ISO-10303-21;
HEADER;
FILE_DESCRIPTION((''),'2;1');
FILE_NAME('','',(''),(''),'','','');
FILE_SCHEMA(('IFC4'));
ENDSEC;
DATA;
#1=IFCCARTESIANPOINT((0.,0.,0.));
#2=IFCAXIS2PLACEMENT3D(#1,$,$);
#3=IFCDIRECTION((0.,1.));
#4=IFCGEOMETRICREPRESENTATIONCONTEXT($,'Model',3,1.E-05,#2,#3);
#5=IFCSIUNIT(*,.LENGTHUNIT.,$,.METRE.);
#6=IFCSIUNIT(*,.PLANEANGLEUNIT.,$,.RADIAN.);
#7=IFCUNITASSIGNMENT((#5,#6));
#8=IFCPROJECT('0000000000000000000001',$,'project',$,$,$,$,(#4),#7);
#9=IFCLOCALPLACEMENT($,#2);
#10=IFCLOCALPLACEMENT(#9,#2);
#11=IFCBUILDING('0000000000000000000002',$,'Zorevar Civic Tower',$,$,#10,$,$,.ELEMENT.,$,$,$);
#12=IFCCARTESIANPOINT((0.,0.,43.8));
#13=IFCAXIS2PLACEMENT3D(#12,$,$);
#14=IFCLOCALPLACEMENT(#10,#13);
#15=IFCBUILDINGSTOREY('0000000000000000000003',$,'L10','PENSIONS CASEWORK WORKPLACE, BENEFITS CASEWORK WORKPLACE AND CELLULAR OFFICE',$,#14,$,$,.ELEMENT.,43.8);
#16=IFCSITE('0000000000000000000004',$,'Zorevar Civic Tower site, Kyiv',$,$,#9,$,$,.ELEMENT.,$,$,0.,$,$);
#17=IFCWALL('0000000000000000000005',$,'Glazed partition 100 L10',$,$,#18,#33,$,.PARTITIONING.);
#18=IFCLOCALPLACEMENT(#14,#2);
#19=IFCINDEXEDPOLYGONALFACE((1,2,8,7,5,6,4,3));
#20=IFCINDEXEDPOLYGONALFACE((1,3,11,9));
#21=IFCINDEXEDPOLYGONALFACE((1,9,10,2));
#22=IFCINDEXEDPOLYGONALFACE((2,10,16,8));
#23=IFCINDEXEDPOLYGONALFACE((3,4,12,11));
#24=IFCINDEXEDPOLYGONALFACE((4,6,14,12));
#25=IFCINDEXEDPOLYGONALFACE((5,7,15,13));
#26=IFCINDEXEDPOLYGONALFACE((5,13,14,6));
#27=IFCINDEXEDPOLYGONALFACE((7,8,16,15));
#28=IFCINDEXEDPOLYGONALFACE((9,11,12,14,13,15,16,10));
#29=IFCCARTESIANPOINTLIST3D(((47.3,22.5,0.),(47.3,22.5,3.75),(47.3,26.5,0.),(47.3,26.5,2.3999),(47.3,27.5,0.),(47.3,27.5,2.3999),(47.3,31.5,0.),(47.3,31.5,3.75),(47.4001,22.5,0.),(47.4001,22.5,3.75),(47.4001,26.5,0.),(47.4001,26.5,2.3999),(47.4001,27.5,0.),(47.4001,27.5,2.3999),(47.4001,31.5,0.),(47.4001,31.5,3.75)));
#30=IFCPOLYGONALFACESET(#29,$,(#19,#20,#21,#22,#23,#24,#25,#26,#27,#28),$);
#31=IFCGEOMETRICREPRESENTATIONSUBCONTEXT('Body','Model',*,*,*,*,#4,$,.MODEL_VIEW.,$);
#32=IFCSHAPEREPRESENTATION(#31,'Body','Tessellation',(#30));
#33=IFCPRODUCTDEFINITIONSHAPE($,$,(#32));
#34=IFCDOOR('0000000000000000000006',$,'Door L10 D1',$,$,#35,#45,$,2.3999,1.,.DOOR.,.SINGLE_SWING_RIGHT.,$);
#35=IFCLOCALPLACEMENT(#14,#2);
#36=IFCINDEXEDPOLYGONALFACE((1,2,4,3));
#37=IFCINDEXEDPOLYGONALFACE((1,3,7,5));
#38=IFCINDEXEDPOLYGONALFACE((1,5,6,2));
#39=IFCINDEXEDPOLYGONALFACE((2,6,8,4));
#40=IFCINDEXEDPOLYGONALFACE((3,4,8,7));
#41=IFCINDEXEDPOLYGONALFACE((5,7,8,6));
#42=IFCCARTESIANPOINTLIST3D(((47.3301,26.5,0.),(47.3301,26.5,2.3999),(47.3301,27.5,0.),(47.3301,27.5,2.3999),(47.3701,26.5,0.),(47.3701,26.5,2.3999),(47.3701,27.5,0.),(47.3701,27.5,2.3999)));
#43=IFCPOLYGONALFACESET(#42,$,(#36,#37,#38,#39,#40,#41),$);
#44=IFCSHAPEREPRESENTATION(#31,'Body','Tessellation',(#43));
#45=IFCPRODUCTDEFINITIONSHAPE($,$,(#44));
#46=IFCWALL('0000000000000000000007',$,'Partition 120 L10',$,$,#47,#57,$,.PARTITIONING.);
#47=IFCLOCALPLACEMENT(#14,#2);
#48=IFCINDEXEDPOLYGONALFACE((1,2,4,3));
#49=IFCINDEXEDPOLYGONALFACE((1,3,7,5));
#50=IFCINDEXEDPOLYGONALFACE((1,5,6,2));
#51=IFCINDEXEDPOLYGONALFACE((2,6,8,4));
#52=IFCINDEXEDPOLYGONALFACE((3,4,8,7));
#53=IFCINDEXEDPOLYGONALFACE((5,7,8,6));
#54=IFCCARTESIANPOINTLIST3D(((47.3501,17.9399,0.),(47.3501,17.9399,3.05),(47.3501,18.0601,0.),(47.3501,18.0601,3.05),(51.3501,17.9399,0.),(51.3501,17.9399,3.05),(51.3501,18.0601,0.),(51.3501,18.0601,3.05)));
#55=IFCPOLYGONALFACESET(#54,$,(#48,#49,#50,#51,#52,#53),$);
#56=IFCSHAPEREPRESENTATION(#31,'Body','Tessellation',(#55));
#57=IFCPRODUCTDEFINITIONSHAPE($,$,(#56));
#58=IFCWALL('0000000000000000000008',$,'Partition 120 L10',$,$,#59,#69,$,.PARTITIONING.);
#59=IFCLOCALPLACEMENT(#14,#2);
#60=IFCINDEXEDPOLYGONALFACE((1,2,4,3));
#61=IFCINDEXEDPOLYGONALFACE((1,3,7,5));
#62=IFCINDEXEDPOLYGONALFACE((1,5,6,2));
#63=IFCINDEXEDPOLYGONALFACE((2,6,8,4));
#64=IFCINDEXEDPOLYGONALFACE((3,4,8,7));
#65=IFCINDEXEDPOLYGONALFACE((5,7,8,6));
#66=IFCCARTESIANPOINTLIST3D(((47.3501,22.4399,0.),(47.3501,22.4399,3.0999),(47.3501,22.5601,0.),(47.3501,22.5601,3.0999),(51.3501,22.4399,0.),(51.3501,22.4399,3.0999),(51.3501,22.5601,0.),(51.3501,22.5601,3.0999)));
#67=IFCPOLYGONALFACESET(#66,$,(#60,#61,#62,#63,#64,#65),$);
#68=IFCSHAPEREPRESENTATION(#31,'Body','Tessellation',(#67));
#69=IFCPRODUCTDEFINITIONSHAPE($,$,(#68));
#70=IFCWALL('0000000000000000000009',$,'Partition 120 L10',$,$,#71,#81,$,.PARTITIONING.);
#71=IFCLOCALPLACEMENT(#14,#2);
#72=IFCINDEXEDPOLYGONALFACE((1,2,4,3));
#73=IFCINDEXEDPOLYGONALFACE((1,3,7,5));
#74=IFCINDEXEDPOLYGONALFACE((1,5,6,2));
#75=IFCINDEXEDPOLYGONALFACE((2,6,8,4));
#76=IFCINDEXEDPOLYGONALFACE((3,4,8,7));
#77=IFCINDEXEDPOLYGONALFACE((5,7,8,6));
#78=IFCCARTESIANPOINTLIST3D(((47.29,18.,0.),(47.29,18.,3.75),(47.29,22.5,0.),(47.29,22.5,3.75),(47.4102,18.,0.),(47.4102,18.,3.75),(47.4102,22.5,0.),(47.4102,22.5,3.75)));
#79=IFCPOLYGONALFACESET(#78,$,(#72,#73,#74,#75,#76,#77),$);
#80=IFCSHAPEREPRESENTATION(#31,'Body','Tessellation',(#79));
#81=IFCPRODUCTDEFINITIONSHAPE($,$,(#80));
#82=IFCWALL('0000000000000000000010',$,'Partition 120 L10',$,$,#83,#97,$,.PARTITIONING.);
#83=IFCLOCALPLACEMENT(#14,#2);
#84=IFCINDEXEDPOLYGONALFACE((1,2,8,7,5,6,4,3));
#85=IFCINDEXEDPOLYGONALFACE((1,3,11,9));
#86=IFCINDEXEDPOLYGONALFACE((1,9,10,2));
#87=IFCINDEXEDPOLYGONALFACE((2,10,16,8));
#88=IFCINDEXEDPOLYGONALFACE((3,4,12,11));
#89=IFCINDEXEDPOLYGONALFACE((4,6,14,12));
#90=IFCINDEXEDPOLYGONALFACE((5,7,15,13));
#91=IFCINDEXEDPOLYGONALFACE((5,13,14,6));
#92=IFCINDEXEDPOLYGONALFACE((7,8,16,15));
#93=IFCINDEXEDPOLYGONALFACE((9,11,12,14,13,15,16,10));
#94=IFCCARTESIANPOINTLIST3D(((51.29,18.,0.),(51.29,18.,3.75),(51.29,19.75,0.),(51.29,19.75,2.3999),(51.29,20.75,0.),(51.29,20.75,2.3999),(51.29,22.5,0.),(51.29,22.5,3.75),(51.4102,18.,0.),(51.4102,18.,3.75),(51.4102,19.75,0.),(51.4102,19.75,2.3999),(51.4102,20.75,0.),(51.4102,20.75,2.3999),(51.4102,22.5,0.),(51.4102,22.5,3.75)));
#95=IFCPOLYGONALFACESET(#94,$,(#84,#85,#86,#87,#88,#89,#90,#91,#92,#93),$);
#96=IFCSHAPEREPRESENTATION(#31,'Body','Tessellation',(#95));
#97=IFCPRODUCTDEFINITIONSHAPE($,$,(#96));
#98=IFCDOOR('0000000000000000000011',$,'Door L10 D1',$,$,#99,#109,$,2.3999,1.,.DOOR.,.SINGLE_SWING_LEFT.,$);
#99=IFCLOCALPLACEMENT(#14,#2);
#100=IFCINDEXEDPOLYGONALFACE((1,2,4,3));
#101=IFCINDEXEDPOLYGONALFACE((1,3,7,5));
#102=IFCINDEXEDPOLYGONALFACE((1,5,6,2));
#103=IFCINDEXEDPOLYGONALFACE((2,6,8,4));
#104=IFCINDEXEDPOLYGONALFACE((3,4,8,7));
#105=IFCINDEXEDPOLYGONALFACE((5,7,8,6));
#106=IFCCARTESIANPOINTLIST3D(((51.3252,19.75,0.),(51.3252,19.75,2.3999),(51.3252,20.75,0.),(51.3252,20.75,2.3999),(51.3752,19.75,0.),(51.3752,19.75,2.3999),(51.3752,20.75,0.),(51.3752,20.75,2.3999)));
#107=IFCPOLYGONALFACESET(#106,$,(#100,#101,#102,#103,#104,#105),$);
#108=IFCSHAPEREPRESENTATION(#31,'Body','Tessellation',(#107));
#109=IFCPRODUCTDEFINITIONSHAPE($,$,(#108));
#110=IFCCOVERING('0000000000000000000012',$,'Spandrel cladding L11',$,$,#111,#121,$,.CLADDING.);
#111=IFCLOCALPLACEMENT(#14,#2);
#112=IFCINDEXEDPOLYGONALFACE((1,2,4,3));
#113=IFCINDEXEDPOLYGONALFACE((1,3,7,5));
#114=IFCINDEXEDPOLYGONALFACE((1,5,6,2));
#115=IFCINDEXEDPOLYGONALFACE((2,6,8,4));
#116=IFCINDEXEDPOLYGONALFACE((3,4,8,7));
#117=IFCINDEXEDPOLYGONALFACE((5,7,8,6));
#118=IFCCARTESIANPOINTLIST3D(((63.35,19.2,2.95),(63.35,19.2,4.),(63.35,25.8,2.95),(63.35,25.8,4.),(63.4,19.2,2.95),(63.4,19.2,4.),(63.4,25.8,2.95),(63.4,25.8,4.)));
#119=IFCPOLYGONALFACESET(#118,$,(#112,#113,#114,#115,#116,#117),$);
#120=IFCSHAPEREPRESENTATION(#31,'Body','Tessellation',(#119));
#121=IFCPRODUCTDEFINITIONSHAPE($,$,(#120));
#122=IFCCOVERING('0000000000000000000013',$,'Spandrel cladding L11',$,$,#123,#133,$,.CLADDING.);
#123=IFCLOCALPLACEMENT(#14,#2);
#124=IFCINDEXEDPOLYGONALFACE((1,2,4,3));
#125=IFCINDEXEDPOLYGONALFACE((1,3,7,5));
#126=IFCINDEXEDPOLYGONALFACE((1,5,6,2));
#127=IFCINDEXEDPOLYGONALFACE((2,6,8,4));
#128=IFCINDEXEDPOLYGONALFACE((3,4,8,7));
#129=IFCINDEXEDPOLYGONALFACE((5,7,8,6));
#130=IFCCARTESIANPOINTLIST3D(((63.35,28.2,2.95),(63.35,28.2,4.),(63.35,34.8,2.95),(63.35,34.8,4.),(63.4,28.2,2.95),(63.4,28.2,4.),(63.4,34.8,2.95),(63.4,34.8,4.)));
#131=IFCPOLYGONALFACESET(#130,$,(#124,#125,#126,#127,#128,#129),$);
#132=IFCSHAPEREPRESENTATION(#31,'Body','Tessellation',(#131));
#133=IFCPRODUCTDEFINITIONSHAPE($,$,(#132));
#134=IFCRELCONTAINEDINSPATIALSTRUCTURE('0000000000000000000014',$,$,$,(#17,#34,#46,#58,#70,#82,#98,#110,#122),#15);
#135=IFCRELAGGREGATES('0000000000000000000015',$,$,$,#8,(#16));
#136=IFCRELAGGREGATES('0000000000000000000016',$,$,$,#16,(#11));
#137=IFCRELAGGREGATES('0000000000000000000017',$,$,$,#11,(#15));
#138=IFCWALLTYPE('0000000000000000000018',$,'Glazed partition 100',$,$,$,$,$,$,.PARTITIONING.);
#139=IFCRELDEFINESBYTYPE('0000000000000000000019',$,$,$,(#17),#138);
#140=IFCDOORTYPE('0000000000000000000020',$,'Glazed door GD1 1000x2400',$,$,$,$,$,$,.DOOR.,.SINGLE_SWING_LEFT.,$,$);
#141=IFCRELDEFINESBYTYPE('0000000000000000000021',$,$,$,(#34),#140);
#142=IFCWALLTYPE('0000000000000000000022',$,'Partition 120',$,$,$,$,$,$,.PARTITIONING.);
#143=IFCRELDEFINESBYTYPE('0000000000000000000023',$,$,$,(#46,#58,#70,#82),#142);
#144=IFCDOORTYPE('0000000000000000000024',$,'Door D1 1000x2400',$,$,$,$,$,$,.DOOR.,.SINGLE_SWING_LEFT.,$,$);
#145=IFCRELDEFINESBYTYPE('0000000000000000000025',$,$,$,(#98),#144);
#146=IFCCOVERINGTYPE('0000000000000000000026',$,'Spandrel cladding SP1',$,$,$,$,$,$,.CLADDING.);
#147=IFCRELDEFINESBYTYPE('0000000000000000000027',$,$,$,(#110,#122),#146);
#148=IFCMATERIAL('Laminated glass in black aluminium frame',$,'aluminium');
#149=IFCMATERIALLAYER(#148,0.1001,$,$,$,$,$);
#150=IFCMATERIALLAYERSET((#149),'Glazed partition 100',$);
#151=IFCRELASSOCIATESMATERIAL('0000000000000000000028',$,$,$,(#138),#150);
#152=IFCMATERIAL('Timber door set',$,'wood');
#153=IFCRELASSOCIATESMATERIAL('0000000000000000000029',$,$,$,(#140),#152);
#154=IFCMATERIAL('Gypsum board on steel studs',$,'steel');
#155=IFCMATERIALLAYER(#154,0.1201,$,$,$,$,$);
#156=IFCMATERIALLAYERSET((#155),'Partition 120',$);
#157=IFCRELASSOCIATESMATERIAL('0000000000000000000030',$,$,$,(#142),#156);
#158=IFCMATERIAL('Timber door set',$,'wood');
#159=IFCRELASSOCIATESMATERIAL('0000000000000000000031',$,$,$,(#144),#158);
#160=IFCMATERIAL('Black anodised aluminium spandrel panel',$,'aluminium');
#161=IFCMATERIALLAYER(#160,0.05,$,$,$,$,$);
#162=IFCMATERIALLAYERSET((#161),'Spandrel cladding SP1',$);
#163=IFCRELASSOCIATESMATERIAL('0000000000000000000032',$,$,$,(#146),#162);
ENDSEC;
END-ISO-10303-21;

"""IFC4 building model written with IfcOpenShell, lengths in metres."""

from ifc_helpers import new_model, si_unit, direction, frame, frame_2d, origin, place, context, subcontext, project, spatial, rectangle, extrude, material, layer, layer_set, type_object, element, fill, save


model = new_model("IFC4")

# Units and contexts
model_context = context("Model", 3, precision=1e-05, world=origin(), true_north=direction((0.0, 1.0)))
body_context = subcontext(model_context, "Body", "Model", "MODEL_VIEW")
ifc_project = project(units=[si_unit("LENGTHUNIT", "METRE"), si_unit("PLANEANGLEUNIT", "RADIAN")], contexts=[model_context])

# Site, building, storey
site_placement = place(None, origin())
site = spatial("IfcSite", under=ifc_project, at=site_placement, Name="Zorevar Civic Tower site, Kyiv", CompositionType="ELEMENT", RefElevation=0.0)
building_placement = place(site_placement, origin())
building = spatial("IfcBuilding", under=site, at=building_placement, Name="Zorevar Civic Tower", CompositionType="ELEMENT")
storey_placement = place(building_placement, frame((0.0, 0.0, 43.8)))
storey = spatial("IfcBuildingStorey", under=building, at=storey_placement, Name="L10", Description="PENSIONS CASEWORK WORKPLACE, BENEFITS CASEWORK WORKPLACE AND CELLULAR OFFICE", CompositionType="ELEMENT", Elevation=43.8)

# Shared definitions
ifc_material_1 = material(Name="Laminated glass in black aluminium frame", Category="aluminium")
ifc_layer_1 = layer(ifc_material_1, 0.1001)
ifc_layer_set_1 = layer_set([ifc_layer_1], Name="Glazed partition 100")
wall_type_1 = type_object("IfcWallType", Name="Glazed partition 100", PredefinedType="PARTITIONING", material=ifc_layer_set_1)

# Wall, opening, door
wall_1_placement = place(storey_placement, frame((47.3501, 22.5, 0.0), z_axis=(0.0, 0.0, 1.0), x_axis=(0.0, 1.0, 0.0)))
wall_1 = element("IfcWall", 1, at=wall_1_placement, inside=storey, type_object=wall_type_1, Name="Glazed partition 100 L10", PredefinedType="PARTITIONING", context=body_context, shape_type="SweptSolid", body=[
    extrude(rectangle(XDim=9.0, YDim=0.1001, at=frame_2d((4.5, 0.0))), origin(), (0.0, 0.0, 1.0), 3.75),
])
opening_1_placement = place(wall_1_placement, frame((4.0, 0.0, 0.0)))
opening_1 = element("IfcOpeningElement", 2, at=opening_1_placement, cuts=wall_1, PredefinedType="OPENING", context=body_context, shape_type="SweptSolid", body=[
    extrude(rectangle(XDim=1.0, YDim=2.3999, at=frame_2d((0.5, 1.2))), frame((0.0, 0.0601, 0.0), z_axis=(0.0, -1.0, 0.0), x_axis=(1.0, 0.0, 0.0)), (0.0, 0.0, 1.0), 0.1201),
])
ifc_material_2 = material(Name="Timber door set", Category="wood")
door_type_1 = type_object("IfcDoorType", Name="Glazed door GD1 1000x2400", OperationType="SINGLE_SWING_LEFT", PredefinedType="DOOR", material=ifc_material_2)
door_1_placement = place(opening_1_placement, origin())
door_1 = element("IfcDoor", 3, at=door_1_placement, inside=storey, type_object=door_type_1, Name="Door L10 D1", OperationType="SINGLE_SWING_RIGHT", OverallHeight=2.3999, OverallWidth=1.0, PredefinedType="DOOR", context=body_context, shape_type="SweptSolid", body=[
    extrude(rectangle(XDim=1.0, YDim=2.3999, at=frame_2d((0.5, 1.2))), frame((0.0, 0.02, 0.0), z_axis=(0.0, -1.0, 0.0), x_axis=(1.0, 0.0, 0.0)), (0.0, 0.0, 1.0), 0.04),
])
fill(opening_1, door_1)

# Walls
ifc_material_3 = material(Name="Gypsum board on steel studs", Category="steel")
ifc_layer_2 = layer(ifc_material_3, 0.1201)
ifc_layer_set_2 = layer_set([ifc_layer_2], Name="Partition 120")
wall_type_2 = type_object("IfcWallType", Name="Partition 120", PredefinedType="PARTITIONING", material=ifc_layer_set_2)
wall_2_placement = place(storey_placement, frame((47.3501, 18.0, 0.0), z_axis=(0.0, 0.0, 1.0), x_axis=(1.0, 0.0, 0.0)))
element("IfcWall", 4, at=wall_2_placement, inside=storey, type_object=wall_type_2, Name="Partition 120 L10", PredefinedType="PARTITIONING", context=body_context, shape_type="SweptSolid", body=[
    extrude(rectangle(XDim=4.0, YDim=0.1201, at=frame_2d((2.0, 0.0))), origin(), (0.0, 0.0, 1.0), 3.05),
])
wall_3_placement = place(storey_placement, frame((47.3501, 22.5, 0.0), z_axis=(0.0, 0.0, 1.0), x_axis=(1.0, 0.0, 0.0)))
element("IfcWall", 5, at=wall_3_placement, inside=storey, type_object=wall_type_2, Name="Partition 120 L10", PredefinedType="PARTITIONING", context=body_context, shape_type="SweptSolid", body=[
    extrude(rectangle(XDim=4.0, YDim=0.1201, at=frame_2d((2.0, 0.0))), origin(), (0.0, 0.0, 1.0), 3.0999),
])
wall_4_placement = place(storey_placement, frame((47.3501, 18.0, 0.0), z_axis=(0.0, 0.0, 1.0), x_axis=(0.0, 1.0, 0.0)))
element("IfcWall", 6, at=wall_4_placement, inside=storey, type_object=wall_type_2, Name="Partition 120 L10", PredefinedType="PARTITIONING", context=body_context, shape_type="SweptSolid", body=[
    extrude(rectangle(XDim=4.5, YDim=0.1201, at=frame_2d((2.25, 0.0))), origin(), (0.0, 0.0, 1.0), 3.75),
])

# Wall, opening, door
wall_5_placement = place(storey_placement, frame((51.3501, 18.0, 0.0), z_axis=(0.0, 0.0, 1.0), x_axis=(0.0, 1.0, 0.0)))
wall_5 = element("IfcWall", 7, at=wall_5_placement, inside=storey, type_object=wall_type_2, Name="Partition 120 L10", PredefinedType="PARTITIONING", context=body_context, shape_type="SweptSolid", body=[
    extrude(rectangle(XDim=4.5, YDim=0.1201, at=frame_2d((2.25, 0.0))), origin(), (0.0, 0.0, 1.0), 3.75),
])
opening_2_placement = place(wall_5_placement, frame((1.75, 0.0, 0.0)))
opening_2 = element("IfcOpeningElement", 8, at=opening_2_placement, cuts=wall_5, PredefinedType="OPENING", context=body_context, shape_type="SweptSolid", body=[
    extrude(rectangle(XDim=1.0, YDim=2.3999, at=frame_2d((0.5, 1.2))), frame((0.0, 0.0701, 0.0), z_axis=(0.0, -1.0, 0.0), x_axis=(1.0, 0.0, 0.0)), (0.0, 0.0, 1.0), 0.1401),
])
ifc_material_4 = material(Name="Timber door set", Category="wood")
door_type_2 = type_object("IfcDoorType", Name="Door D1 1000x2400", OperationType="SINGLE_SWING_LEFT", PredefinedType="DOOR", material=ifc_material_4)
door_2_placement = place(opening_2_placement, origin())
door_2 = element("IfcDoor", 9, at=door_2_placement, inside=storey, type_object=door_type_2, Name="Door L10 D1", OperationType="SINGLE_SWING_LEFT", OverallHeight=2.3999, OverallWidth=1.0, PredefinedType="DOOR", context=body_context, shape_type="SweptSolid", body=[
    extrude(rectangle(XDim=1.0, YDim=2.3999, at=frame_2d((0.5, 1.2))), frame((0.0, 0.0249, 0.0), z_axis=(0.0, -1.0, 0.0), x_axis=(1.0, 0.0, 0.0)), (0.0, 0.0, 1.0), 0.05),
])
fill(opening_2, door_2)

# Coverings
ifc_material_5 = material(Name="Black anodised aluminium spandrel panel", Category="aluminium")
ifc_layer_3 = layer(ifc_material_5, 0.05)
ifc_layer_set_3 = layer_set([ifc_layer_3], Name="Spandrel cladding SP1")
covering_type = type_object("IfcCoveringType", Name="Spandrel cladding SP1", PredefinedType="CLADDING", material=ifc_layer_set_3)
for number, where, z_axis, x_axis, name in (
    (10, (63.375, 19.2, 2.95), (0.0, 0.0, 1.0), (0.0, 1.0, 0.0), "Spandrel cladding L11"),
    (11, (63.375, 28.2, 2.95), (0.0, 0.0, 1.0), (0.0, 1.0, 0.0), "Spandrel cladding L11"),
):
    element("IfcCovering", number, at=place(storey_placement, frame(where, z_axis=z_axis, x_axis=x_axis)), inside=storey, type_object=covering_type, Name=name, PredefinedType="CLADDING", context=body_context, shape_type="SweptSolid", body=[
        extrude(rectangle(XDim=6.6001, YDim=0.05, at=frame_2d((3.3, 0.0))), origin(), (0.0, 0.0, 1.0), 1.05),
    ])

save(model, "model.ifc")
